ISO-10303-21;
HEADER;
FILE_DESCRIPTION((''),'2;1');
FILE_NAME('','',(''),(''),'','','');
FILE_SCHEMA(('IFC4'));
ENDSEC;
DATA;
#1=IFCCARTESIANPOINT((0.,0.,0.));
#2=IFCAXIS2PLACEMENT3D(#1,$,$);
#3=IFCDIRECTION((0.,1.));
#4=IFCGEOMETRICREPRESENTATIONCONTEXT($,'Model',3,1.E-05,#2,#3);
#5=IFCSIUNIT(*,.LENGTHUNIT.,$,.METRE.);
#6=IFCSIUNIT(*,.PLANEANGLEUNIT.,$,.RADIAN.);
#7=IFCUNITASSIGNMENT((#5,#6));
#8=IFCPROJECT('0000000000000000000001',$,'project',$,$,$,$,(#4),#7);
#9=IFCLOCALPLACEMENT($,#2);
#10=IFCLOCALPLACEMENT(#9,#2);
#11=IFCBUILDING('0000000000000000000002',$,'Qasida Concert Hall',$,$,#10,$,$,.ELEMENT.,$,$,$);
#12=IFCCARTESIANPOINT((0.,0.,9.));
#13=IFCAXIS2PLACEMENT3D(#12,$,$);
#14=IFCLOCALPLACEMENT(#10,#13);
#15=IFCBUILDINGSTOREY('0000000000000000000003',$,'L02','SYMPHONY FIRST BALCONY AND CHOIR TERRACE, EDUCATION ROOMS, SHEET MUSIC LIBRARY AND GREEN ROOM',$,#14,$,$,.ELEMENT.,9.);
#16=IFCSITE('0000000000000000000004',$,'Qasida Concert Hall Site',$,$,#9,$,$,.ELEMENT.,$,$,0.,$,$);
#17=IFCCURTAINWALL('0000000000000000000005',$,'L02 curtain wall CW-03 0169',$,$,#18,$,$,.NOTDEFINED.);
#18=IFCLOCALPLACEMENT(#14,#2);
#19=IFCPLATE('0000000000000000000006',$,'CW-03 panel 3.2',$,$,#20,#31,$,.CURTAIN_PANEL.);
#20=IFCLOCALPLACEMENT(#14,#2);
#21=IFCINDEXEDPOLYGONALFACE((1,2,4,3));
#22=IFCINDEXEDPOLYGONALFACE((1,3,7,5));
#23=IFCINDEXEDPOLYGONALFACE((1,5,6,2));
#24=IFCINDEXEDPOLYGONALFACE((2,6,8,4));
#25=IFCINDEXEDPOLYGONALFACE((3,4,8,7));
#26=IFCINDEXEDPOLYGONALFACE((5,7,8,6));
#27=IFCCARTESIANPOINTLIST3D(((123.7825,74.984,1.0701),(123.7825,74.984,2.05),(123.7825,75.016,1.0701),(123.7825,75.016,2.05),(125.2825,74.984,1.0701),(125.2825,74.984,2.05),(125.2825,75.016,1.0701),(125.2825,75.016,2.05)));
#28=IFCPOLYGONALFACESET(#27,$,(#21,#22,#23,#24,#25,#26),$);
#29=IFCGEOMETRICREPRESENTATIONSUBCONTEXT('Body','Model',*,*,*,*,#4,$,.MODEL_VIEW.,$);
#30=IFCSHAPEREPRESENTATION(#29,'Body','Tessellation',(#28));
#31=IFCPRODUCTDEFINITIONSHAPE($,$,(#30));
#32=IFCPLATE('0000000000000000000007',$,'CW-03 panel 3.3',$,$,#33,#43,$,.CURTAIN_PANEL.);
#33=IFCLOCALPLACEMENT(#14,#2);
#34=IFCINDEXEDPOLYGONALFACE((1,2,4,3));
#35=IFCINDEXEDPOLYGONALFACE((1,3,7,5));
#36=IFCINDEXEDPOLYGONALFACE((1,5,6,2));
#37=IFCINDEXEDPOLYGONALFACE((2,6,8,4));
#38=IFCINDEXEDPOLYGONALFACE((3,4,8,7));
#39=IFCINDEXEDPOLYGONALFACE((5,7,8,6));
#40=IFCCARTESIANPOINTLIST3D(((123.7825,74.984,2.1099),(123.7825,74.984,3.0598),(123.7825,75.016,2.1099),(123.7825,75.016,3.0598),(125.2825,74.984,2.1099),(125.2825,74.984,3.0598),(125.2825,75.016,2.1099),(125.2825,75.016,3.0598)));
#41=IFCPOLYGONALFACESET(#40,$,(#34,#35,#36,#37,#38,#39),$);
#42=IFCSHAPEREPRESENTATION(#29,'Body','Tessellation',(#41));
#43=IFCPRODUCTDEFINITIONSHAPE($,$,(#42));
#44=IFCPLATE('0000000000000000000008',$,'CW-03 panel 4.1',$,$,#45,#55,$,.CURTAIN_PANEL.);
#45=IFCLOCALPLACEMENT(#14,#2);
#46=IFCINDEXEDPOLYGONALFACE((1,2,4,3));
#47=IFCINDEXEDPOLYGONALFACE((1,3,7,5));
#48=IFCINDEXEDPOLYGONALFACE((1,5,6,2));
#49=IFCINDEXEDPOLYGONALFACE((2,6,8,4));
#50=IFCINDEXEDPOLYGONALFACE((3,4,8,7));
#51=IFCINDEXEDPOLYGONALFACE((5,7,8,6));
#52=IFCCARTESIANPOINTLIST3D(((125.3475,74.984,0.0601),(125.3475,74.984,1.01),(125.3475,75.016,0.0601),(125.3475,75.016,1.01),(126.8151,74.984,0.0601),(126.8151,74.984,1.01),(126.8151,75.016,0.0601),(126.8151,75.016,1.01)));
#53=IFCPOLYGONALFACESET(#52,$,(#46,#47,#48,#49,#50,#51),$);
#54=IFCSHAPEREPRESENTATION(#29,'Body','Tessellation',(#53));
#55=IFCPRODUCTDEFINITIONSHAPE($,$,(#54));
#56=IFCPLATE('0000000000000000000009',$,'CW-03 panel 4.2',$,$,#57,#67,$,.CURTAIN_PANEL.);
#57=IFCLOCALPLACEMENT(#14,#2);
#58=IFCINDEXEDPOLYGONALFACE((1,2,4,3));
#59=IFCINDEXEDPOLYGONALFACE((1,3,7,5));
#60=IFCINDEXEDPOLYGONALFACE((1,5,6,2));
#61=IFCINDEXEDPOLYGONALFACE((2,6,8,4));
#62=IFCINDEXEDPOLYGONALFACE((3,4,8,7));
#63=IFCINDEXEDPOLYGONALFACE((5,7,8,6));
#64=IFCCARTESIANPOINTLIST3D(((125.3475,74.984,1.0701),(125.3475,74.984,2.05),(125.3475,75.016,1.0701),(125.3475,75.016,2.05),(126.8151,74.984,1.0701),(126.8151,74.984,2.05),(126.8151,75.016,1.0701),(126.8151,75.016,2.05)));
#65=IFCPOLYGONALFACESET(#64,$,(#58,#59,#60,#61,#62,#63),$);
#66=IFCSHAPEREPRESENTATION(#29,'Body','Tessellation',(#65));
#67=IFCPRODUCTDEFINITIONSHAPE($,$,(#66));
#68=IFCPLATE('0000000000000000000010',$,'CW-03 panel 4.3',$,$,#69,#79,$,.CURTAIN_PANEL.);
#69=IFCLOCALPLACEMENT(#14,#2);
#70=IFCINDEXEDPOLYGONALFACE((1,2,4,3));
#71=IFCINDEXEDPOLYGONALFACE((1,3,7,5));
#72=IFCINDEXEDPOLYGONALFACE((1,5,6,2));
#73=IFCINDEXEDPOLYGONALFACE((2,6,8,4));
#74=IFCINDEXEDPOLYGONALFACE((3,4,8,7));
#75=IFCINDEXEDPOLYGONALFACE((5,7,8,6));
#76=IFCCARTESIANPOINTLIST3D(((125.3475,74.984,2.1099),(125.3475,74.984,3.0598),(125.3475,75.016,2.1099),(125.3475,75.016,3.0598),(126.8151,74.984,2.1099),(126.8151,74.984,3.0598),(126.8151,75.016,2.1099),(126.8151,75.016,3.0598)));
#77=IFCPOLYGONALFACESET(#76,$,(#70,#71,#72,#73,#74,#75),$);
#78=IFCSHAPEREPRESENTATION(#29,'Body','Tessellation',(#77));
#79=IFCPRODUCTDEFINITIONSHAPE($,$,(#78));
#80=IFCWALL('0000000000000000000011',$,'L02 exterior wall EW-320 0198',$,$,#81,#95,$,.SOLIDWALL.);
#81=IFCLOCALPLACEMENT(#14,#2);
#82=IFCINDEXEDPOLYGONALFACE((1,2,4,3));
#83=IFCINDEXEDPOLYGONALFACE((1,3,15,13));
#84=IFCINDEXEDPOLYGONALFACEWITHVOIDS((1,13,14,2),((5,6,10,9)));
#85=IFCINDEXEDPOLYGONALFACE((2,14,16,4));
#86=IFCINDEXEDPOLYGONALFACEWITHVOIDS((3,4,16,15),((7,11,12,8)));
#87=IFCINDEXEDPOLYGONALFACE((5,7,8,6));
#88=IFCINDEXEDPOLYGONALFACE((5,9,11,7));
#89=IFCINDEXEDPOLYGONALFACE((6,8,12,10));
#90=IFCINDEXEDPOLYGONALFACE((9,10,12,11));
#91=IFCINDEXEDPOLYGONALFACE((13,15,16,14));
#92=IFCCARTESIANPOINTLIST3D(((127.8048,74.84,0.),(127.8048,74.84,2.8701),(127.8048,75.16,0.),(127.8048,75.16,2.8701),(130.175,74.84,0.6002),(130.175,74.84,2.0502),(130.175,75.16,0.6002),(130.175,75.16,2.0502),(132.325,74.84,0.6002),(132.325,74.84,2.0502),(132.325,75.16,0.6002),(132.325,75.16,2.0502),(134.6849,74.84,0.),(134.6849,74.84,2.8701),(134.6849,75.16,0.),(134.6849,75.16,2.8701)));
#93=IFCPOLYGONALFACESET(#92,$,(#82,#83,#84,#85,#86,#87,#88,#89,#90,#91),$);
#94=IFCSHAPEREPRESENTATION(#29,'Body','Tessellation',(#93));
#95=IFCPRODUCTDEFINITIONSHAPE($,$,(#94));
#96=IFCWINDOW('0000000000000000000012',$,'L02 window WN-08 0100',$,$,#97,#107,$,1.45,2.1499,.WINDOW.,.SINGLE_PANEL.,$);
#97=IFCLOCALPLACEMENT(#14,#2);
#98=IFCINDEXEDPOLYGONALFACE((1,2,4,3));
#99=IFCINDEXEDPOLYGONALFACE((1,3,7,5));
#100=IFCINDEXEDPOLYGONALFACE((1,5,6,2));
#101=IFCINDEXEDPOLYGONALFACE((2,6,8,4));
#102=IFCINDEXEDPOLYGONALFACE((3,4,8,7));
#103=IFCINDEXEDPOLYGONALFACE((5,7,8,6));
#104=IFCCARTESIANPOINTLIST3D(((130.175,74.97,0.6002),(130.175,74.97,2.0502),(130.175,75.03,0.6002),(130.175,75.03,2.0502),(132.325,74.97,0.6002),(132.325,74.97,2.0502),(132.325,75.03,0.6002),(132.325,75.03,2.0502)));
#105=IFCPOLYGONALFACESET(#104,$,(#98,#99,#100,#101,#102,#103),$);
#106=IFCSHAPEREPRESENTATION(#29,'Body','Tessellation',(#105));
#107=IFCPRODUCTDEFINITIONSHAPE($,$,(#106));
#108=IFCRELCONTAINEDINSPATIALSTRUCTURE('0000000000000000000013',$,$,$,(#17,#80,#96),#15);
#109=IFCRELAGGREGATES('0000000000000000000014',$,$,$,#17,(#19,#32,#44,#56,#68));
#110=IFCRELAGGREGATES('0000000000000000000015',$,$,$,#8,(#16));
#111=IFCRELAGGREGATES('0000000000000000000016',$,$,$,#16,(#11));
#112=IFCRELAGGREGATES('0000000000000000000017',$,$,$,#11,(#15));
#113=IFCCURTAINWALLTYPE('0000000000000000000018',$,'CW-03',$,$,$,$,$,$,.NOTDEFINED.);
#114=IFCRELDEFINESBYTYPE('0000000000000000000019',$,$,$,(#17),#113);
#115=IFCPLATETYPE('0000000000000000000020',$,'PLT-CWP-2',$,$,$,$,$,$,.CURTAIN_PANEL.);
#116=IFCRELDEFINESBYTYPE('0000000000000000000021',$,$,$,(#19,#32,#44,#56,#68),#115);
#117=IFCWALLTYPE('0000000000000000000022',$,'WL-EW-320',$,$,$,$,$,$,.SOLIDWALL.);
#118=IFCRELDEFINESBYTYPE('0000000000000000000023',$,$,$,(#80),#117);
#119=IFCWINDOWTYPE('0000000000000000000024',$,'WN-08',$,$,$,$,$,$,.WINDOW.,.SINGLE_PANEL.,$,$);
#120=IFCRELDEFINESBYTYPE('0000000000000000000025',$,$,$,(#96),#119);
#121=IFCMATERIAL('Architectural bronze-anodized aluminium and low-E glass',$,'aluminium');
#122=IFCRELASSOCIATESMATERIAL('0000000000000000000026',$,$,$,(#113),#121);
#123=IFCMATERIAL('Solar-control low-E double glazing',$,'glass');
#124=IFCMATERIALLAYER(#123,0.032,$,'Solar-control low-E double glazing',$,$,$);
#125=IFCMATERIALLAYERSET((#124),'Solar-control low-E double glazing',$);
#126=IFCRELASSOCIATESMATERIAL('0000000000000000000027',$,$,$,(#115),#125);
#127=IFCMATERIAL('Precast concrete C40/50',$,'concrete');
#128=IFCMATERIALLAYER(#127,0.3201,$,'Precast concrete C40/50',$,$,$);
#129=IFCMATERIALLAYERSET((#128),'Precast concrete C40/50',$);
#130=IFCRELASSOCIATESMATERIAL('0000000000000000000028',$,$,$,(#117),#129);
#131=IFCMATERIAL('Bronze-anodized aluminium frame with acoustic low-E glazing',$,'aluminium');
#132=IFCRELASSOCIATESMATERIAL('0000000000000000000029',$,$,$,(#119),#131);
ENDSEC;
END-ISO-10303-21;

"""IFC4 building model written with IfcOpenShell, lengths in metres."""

from ifc_helpers import new_model, si_unit, direction, frame, frame_2d, origin, origin_2d, place, context, subcontext, project, spatial, rectangle, extrude, material, layer, layer_set, type_object, element, fill, aggregate, save


model = new_model("IFC4")

# Units and contexts
model_context = context("Model", 3, precision=1e-05, world=origin(), true_north=direction((0.0, 1.0)))
body_context = subcontext(model_context, "Body", "Model", "MODEL_VIEW")
ifc_project = project(units=[si_unit("LENGTHUNIT", "METRE"), si_unit("PLANEANGLEUNIT", "RADIAN")], contexts=[model_context])

# Site, building, storey
site_placement = place(None, origin())
site = spatial("IfcSite", under=ifc_project, at=site_placement, Name="Qasida Concert Hall Site", CompositionType="ELEMENT", RefElevation=0.0)
building_placement = place(site_placement, origin())
building = spatial("IfcBuilding", under=site, at=building_placement, Name="Qasida Concert Hall", CompositionType="ELEMENT")
storey_placement = place(building_placement, frame((0.0, 0.0, 9.0)))
storey = spatial("IfcBuildingStorey", under=building, at=storey_placement, Name="L02", Description="SYMPHONY FIRST BALCONY AND CHOIR TERRACE, EDUCATION ROOMS, SHEET MUSIC LIBRARY AND GREEN ROOM", CompositionType="ELEMENT", Elevation=9.0)

# Curtain wall, plates
ifc_material_1 = material(Name="Architectural bronze-anodized aluminium and low-E glass", Category="aluminium")
curtain_wall_type = type_object("IfcCurtainWallType", Name="CW-03", PredefinedType="NOTDEFINED", material=ifc_material_1)
curtain_wall_placement = place(storey_placement, origin())
curtain_wall = element("IfcCurtainWall", 1, at=curtain_wall_placement, inside=storey, type_object=curtain_wall_type, Name="L02 curtain wall CW-03 0169", PredefinedType="NOTDEFINED")
ifc_material_2 = material(Name="Solar-control low-E double glazing", Category="glass")
ifc_layer_1 = layer(ifc_material_2, 0.032, Name="Solar-control low-E double glazing")
ifc_layer_set_1 = layer_set([ifc_layer_1], Name="Solar-control low-E double glazing")
plate_type = type_object("IfcPlateType", Name="PLT-CWP-2", PredefinedType="CURTAIN_PANEL", material=ifc_layer_set_1)
plate_1_placement = place(storey_placement, frame((124.5325, 75.0, 1.0701), z_axis=(0.0, 0.0, 1.0), x_axis=(1.0, 0.0, 0.0)))
plate_1 = element("IfcPlate", 2, at=plate_1_placement, type_object=plate_type, Name="CW-03 panel 3.2", PredefinedType="CURTAIN_PANEL", context=body_context, shape_type="SweptSolid", body=[
    extrude(rectangle(XDim=1.5, YDim=0.032, at=origin_2d()), origin(), (0.0, 0.0, 1.0), 0.98),
])
plate_2_placement = place(storey_placement, frame((124.5325, 75.0, 2.1099), z_axis=(0.0, 0.0, 1.0), x_axis=(1.0, 0.0, 0.0)))
plate_2 = element("IfcPlate", 3, at=plate_2_placement, type_object=plate_type, Name="CW-03 panel 3.3", PredefinedType="CURTAIN_PANEL", context=body_context, shape_type="SweptSolid", body=[
    extrude(rectangle(XDim=1.5, YDim=0.032, at=origin_2d()), origin(), (0.0, 0.0, 1.0), 0.95),
])
plate_3_placement = place(storey_placement, frame((126.0813, 75.0, 0.0601), z_axis=(0.0, 0.0, 1.0), x_axis=(1.0, 0.0, 0.0)))
plate_3 = element("IfcPlate", 4, at=plate_3_placement, type_object=plate_type, Name="CW-03 panel 4.1", PredefinedType="CURTAIN_PANEL", context=body_context, shape_type="SweptSolid", body=[
    extrude(rectangle(XDim=1.4675, YDim=0.032, at=origin_2d()), origin(), (0.0, 0.0, 1.0), 0.95),
])
plate_4_placement = place(storey_placement, frame((126.0813, 75.0, 1.0701), z_axis=(0.0, 0.0, 1.0), x_axis=(1.0, 0.0, 0.0)))
plate_4 = element("IfcPlate", 5, at=plate_4_placement, type_object=plate_type, Name="CW-03 panel 4.2", PredefinedType="CURTAIN_PANEL", context=body_context, shape_type="SweptSolid", body=[
    extrude(rectangle(XDim=1.4675, YDim=0.032, at=origin_2d()), origin(), (0.0, 0.0, 1.0), 0.98),
])
plate_5_placement = place(storey_placement, frame((126.0813, 75.0, 2.1099), z_axis=(0.0, 0.0, 1.0), x_axis=(1.0, 0.0, 0.0)))
plate_5 = element("IfcPlate", 6, at=plate_5_placement, type_object=plate_type, Name="CW-03 panel 4.3", PredefinedType="CURTAIN_PANEL", context=body_context, shape_type="SweptSolid", body=[
    extrude(rectangle(XDim=1.4675, YDim=0.032, at=origin_2d()), origin(), (0.0, 0.0, 1.0), 0.95),
])
aggregate(curtain_wall, [plate_1, plate_2, plate_3, plate_4, plate_5])

# Wall, opening, window
ifc_material_3 = material(Name="Precast concrete C40/50", Category="concrete")
ifc_layer_2 = layer(ifc_material_3, 0.3201, Name="Precast concrete C40/50")
ifc_layer_set_2 = layer_set([ifc_layer_2], Name="Precast concrete C40/50")
wall_type = type_object("IfcWallType", Name="WL-EW-320", PredefinedType="SOLIDWALL", material=ifc_layer_set_2)
wall_placement = place(storey_placement, frame((127.8049, 75.0, 0.0), z_axis=(0.0, 0.0, 1.0), x_axis=(1.0, 0.0, 0.0)))
wall = element("IfcWall", 7, at=wall_placement, inside=storey, type_object=wall_type, Name="L02 exterior wall EW-320 0198", PredefinedType="SOLIDWALL", context=body_context, shape_type="SweptSolid", body=[
    extrude(rectangle(XDim=6.8801, YDim=0.3201, at=frame_2d((3.4399, 0.0))), origin(), (0.0, 0.0, 1.0), 2.8701),
])
opening_placement = place(wall_placement, frame((2.3701, 0.0, 0.6001)))
opening = element("IfcOpeningElement", 8, at=opening_placement, cuts=wall, PredefinedType="OPENING", context=body_context, shape_type="SweptSolid", body=[
    extrude(rectangle(XDim=2.1499, YDim=1.45, at=frame_2d((1.075, 0.7251))), frame((0.0, 0.1699, 0.0), z_axis=(0.0, -1.0, 0.0), x_axis=(1.0, 0.0, 0.0)), (0.0, 0.0, 1.0), 0.3401),
])
ifc_material_4 = material(Name="Bronze-anodized aluminium frame with acoustic low-E glazing", Category="aluminium")
window_type = type_object("IfcWindowType", Name="WN-08", PartitioningType="SINGLE_PANEL", PredefinedType="WINDOW", material=ifc_material_4)
window_placement = place(opening_placement, origin())
window = element("IfcWindow", 9, at=window_placement, inside=storey, type_object=window_type, Name="L02 window WN-08 0100", OverallHeight=1.45, OverallWidth=2.1499, PartitioningType="SINGLE_PANEL", PredefinedType="WINDOW", context=body_context, shape_type="SweptSolid", body=[
    extrude(rectangle(XDim=2.1499, YDim=1.45, at=frame_2d((1.075, 0.7251))), frame((0.0, 0.03, 0.0), z_axis=(0.0, -1.0, 0.0), x_axis=(1.0, 0.0, 0.0)), (0.0, 0.0, 1.0), 0.0601),
])
fill(opening, window)

save(model, "model.ifc")
